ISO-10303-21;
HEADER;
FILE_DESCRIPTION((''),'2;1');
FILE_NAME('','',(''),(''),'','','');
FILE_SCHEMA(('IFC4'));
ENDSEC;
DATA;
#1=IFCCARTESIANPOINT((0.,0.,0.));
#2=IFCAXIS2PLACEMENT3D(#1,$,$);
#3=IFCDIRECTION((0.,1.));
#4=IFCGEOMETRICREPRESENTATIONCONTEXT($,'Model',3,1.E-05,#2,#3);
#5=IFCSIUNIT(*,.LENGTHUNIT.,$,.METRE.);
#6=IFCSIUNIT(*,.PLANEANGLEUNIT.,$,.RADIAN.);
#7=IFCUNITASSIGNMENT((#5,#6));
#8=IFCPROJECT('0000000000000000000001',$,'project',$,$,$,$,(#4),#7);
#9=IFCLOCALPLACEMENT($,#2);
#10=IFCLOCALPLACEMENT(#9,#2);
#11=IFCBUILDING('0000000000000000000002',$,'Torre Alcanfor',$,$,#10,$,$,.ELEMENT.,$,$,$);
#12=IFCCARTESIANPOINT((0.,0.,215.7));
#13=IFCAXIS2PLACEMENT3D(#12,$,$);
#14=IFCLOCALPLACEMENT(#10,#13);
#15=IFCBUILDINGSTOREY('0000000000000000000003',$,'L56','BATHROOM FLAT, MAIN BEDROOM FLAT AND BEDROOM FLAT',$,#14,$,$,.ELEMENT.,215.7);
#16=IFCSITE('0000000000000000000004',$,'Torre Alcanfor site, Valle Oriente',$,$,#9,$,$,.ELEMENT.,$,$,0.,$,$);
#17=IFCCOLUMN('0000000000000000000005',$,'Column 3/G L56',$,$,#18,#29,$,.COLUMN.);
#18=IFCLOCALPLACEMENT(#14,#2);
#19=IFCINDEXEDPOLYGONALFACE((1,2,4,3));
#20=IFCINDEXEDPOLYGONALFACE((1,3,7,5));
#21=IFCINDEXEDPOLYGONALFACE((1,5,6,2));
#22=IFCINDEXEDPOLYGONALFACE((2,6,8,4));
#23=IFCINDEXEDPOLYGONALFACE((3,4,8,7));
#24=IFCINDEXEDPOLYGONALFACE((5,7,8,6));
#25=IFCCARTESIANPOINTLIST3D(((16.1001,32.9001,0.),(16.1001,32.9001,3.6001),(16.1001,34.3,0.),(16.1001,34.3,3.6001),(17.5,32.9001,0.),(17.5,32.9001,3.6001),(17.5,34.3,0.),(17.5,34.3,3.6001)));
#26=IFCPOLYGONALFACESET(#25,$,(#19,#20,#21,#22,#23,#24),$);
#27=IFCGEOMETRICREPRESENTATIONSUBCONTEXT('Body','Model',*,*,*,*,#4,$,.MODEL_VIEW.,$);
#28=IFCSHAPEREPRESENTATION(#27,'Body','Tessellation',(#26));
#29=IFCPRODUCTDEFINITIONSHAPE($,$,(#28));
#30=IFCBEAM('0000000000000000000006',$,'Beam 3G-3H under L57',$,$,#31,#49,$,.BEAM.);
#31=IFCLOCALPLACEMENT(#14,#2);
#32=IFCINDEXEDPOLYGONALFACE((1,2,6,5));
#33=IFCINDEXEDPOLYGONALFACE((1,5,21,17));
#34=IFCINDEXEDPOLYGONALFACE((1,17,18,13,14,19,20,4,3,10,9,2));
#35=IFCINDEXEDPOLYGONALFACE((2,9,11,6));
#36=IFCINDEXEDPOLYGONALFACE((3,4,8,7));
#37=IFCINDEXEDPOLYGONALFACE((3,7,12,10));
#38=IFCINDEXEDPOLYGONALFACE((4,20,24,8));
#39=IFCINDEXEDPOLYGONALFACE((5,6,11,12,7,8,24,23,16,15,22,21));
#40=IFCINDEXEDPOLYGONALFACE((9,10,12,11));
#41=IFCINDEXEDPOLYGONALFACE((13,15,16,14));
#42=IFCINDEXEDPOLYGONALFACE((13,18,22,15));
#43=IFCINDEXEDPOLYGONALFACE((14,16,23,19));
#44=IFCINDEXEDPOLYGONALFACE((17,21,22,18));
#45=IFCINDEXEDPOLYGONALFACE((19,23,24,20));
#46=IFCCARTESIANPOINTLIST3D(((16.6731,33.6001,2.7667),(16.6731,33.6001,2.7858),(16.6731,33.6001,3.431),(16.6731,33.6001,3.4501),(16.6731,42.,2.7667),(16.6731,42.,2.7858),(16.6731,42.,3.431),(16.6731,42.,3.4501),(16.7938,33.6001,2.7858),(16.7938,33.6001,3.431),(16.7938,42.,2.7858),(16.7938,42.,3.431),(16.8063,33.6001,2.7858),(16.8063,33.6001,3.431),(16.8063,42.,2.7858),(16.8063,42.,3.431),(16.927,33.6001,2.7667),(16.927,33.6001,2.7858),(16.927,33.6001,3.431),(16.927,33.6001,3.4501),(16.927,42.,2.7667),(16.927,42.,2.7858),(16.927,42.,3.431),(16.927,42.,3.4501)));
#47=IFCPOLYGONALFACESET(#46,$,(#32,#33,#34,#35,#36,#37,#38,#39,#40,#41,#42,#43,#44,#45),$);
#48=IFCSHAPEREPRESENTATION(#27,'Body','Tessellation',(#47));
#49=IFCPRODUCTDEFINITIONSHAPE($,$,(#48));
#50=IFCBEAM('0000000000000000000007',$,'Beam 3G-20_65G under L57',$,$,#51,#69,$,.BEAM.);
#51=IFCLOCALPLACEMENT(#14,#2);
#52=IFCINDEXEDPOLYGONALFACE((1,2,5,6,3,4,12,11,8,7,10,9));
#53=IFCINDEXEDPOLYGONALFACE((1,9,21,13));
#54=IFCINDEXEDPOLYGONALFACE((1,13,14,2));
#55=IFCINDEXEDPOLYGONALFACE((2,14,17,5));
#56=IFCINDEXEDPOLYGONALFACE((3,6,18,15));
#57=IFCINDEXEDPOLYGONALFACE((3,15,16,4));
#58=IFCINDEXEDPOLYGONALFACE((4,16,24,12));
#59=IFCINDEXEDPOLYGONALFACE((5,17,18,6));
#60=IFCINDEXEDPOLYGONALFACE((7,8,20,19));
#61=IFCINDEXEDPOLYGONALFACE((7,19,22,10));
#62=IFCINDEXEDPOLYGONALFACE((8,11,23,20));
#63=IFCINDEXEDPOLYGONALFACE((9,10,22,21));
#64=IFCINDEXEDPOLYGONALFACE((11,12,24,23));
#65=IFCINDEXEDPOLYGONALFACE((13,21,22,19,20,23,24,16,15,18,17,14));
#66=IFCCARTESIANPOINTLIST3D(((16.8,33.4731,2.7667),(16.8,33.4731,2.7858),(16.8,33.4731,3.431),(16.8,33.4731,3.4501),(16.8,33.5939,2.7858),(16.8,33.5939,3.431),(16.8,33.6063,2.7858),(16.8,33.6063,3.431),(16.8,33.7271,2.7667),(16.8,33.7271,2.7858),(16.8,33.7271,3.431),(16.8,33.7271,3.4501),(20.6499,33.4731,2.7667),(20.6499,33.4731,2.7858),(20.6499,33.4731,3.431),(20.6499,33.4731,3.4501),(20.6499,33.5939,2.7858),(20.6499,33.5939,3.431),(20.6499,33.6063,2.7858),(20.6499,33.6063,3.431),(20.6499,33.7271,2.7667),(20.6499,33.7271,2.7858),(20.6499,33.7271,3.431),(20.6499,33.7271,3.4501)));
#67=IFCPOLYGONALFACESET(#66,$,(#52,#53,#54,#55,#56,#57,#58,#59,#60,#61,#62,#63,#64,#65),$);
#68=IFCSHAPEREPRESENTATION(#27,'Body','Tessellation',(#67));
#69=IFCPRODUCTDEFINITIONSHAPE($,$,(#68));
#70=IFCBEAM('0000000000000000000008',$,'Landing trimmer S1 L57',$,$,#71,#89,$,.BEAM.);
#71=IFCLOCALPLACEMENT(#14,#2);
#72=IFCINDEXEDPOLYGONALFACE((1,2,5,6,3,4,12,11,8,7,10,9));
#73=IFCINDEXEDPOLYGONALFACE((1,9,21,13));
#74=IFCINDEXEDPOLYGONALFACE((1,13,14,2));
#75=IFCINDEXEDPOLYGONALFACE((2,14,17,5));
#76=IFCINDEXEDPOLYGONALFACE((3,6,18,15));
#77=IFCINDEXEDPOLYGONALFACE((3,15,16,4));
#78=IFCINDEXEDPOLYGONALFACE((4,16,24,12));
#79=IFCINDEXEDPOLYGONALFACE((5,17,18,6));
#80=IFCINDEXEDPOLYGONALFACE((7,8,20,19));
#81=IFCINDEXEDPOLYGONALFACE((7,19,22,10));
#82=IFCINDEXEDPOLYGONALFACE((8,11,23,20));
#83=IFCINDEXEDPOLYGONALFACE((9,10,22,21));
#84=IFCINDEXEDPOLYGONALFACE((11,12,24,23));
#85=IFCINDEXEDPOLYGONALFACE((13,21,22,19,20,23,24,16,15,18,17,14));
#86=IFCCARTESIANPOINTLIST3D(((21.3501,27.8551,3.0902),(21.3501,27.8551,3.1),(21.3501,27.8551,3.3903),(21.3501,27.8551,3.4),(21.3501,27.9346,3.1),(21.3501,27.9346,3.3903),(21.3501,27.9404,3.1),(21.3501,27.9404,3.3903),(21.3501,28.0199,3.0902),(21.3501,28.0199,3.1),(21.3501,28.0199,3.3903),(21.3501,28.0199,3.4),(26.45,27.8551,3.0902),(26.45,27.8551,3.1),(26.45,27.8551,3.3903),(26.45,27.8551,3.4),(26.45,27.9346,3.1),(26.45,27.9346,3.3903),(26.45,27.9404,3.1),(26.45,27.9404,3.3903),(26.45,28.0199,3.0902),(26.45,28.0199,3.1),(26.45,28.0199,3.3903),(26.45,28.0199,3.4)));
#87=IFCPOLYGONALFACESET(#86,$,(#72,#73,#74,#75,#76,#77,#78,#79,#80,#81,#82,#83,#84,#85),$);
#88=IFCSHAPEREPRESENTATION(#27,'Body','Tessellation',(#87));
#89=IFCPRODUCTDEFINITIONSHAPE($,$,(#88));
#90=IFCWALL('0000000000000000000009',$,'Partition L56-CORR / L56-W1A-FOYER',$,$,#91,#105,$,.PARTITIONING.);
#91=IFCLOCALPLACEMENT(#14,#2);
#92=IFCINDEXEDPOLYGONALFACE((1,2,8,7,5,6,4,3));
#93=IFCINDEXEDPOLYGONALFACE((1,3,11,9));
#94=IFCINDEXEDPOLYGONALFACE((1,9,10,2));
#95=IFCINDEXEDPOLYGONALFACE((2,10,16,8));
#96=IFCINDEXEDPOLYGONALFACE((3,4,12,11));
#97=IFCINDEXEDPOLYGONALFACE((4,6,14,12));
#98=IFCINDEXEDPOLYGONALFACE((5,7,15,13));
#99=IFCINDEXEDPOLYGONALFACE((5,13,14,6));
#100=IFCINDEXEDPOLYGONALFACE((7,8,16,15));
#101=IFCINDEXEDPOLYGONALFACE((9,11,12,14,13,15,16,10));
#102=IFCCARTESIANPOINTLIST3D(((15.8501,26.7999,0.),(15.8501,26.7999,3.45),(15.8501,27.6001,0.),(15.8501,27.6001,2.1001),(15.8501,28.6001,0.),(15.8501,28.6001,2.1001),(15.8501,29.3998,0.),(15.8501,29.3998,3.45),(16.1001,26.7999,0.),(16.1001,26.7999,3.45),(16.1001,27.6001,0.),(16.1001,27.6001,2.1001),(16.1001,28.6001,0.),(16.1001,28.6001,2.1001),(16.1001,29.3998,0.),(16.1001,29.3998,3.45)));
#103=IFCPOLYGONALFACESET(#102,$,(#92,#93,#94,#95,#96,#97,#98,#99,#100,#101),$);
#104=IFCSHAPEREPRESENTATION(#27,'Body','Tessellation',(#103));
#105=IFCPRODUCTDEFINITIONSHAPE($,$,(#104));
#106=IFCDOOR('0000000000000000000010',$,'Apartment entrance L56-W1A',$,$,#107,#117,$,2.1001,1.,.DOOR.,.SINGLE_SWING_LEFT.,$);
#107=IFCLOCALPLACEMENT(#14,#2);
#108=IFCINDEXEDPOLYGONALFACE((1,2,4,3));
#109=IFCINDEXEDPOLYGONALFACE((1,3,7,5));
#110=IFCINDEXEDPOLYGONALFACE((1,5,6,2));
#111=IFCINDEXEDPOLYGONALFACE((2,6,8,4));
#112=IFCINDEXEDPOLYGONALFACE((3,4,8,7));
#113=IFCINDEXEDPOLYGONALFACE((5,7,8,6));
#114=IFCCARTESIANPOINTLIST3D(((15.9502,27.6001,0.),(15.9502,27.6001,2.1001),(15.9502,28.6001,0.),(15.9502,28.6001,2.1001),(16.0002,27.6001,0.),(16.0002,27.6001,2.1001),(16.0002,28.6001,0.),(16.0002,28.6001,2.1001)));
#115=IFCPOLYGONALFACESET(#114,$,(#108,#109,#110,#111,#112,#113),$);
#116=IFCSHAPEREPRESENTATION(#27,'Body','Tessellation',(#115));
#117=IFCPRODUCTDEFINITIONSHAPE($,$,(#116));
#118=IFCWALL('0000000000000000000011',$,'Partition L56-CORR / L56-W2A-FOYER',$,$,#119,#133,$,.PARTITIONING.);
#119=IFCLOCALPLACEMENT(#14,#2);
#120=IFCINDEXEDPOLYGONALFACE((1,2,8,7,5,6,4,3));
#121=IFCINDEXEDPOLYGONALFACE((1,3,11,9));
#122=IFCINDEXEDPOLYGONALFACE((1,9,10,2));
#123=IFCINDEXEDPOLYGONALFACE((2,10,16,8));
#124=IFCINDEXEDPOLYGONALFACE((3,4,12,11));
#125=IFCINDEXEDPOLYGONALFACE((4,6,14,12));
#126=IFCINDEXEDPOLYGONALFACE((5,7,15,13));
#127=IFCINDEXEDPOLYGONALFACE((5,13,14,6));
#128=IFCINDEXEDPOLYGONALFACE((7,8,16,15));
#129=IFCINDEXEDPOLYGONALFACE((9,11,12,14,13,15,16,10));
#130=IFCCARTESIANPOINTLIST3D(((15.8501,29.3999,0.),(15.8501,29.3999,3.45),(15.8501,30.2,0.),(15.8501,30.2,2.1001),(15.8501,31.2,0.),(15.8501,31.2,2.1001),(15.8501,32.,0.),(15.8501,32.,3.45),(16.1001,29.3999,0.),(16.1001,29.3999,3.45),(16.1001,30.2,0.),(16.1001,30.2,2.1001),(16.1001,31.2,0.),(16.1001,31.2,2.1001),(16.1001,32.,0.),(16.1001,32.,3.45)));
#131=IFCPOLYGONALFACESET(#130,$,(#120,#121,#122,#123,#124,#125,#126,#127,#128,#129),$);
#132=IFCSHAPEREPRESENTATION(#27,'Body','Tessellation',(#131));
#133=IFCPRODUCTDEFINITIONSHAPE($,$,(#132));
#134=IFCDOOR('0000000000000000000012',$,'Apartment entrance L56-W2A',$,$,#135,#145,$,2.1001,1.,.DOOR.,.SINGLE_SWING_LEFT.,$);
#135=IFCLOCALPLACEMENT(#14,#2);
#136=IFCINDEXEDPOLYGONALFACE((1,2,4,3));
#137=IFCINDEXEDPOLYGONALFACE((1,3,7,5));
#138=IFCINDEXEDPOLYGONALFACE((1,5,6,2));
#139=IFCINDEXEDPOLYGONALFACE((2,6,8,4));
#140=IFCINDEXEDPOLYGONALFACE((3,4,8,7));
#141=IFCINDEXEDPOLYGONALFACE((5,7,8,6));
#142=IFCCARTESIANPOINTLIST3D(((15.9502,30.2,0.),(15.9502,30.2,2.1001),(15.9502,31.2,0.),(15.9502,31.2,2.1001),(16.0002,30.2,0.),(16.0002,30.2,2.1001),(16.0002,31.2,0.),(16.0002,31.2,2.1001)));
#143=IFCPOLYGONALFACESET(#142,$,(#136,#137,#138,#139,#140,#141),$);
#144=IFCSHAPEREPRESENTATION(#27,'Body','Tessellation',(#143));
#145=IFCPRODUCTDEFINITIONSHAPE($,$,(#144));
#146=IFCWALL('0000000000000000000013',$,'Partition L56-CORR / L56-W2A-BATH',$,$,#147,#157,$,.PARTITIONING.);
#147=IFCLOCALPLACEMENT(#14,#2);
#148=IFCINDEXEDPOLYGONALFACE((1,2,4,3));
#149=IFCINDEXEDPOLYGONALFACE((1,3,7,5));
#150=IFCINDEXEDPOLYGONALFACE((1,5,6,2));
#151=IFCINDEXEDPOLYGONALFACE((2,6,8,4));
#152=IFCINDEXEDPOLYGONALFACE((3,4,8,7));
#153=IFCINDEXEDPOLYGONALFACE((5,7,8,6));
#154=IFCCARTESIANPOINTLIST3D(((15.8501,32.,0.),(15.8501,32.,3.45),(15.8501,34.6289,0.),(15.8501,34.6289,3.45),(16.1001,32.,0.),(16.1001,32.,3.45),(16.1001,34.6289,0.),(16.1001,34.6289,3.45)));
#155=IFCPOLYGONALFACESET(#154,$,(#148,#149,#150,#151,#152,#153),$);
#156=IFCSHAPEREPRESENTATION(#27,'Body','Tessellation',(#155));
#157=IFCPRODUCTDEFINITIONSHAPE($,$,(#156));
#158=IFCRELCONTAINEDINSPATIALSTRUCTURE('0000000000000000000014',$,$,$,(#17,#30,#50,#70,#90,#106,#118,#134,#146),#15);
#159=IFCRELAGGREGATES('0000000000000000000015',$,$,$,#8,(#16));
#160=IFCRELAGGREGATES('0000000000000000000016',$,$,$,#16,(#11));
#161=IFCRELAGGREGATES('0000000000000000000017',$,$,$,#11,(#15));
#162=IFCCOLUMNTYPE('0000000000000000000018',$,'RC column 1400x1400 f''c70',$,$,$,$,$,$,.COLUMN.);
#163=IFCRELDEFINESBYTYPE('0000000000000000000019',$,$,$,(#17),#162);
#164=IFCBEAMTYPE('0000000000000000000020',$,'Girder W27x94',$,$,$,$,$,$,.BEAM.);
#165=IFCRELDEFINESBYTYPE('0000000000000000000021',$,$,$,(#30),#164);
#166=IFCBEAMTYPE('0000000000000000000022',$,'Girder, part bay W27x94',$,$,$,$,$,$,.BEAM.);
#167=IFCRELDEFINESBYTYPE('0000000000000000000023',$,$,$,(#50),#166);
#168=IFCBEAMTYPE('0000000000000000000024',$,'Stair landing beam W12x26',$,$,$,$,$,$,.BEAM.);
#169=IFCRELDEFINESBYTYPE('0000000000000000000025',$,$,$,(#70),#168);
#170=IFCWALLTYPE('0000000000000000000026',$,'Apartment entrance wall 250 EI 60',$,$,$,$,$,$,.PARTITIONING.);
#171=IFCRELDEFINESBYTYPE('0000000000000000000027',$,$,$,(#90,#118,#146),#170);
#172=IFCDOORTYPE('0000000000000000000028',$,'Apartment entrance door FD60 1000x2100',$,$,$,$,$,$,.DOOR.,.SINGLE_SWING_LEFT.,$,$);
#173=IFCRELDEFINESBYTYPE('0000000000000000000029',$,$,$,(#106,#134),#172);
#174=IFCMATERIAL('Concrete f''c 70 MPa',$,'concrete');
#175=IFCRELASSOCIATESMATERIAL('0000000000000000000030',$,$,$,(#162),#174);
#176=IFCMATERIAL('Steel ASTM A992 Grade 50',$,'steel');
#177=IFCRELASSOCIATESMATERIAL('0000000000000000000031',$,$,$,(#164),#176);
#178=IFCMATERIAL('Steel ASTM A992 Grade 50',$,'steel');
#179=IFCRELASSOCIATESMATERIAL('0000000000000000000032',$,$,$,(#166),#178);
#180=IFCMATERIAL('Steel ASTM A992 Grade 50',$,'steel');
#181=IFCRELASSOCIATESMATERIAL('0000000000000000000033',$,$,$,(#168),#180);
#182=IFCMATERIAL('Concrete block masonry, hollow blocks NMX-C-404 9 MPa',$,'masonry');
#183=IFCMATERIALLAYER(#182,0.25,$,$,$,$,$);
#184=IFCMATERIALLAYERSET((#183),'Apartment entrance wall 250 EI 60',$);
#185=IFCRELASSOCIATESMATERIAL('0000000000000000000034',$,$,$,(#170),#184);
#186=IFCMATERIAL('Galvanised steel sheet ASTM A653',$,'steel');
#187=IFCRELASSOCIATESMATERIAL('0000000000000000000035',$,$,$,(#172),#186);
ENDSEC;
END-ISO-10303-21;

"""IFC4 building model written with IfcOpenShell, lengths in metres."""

from ifc_helpers import new_model, si_unit, direction, frame, frame_2d, origin, origin_2d, place, context, subcontext, project, spatial, rectangle, i_section, extrude, material, layer, layer_set, material_profile, profile_set, type_object, element, fill, save


model = new_model("IFC4")

# Units and contexts
model_context = context("Model", 3, precision=1e-05, world=origin(), true_north=direction((0.0, 1.0)))
body_context = subcontext(model_context, "Body", "Model", "MODEL_VIEW")
ifc_project = project(units=[si_unit("LENGTHUNIT", "METRE"), si_unit("PLANEANGLEUNIT", "RADIAN")], contexts=[model_context])

# Site, building, storey
site_placement = place(None, origin())
site = spatial("IfcSite", under=ifc_project, at=site_placement, Name="Torre Alcanfor site, Valle Oriente", CompositionType="ELEMENT", RefElevation=0.0)
building_placement = place(site_placement, origin())
building = spatial("IfcBuilding", under=site, at=building_placement, Name="Torre Alcanfor", CompositionType="ELEMENT")
storey_placement = place(building_placement, frame((0.0, 0.0, 215.7)))
storey = spatial("IfcBuildingStorey", under=building, at=storey_placement, Name="L56", Description="BATHROOM FLAT, MAIN BEDROOM FLAT AND BEDROOM FLAT", CompositionType="ELEMENT", Elevation=215.7)

# Column
ifc_material_1 = material(Name="Concrete f'c 70 MPa", Category="concrete")
ifc_material_profile_1 = material_profile(ifc_material_1, rectangle(XDim=1.3999, YDim=1.3999, at=origin_2d()), Name="1400x1400")
ifc_profile_set_1 = profile_set([ifc_material_profile_1], Name="Concrete f'c 70 MPa")
column_type = type_object("IfcColumnType", Name="RC column 1400x1400 f'c70", PredefinedType="COLUMN", material=ifc_profile_set_1)
column_placement = place(storey_placement, frame((16.8, 33.6001, 0.0), z_axis=(0.0, 0.0, 1.0), x_axis=(1.0, 0.0, 0.0)))
element("IfcColumn", 1, at=column_placement, inside=storey, type_object=column_type, Name="Column 3/G L56", PredefinedType="COLUMN", context=body_context, shape_type="SweptSolid", body=[
    extrude(rectangle(XDim=1.3999, YDim=1.3999, at=origin_2d()), origin(), (0.0, 0.0, 1.0), 3.6001),
])

# Beams
ifc_material_2 = material(Name="Steel ASTM A992 Grade 50", Category="steel")
ifc_material_profile_2 = material_profile(ifc_material_2, i_section(OverallWidth=0.2539, OverallDepth=0.6833, WebThickness=0.0125, FlangeThickness=0.019, at=origin_2d()), Name="W27x94")
ifc_profile_set_2 = profile_set([ifc_material_profile_2], Name="Steel ASTM A992 Grade 50")
beam_type_1 = type_object("IfcBeamType", Name="Girder W27x94", PredefinedType="BEAM", material=ifc_profile_set_2)
beam_1_placement = place(storey_placement, frame((16.8, 33.6001, 3.1084), z_axis=(0.0, 1.0, 0.0), x_axis=(-1.0, 0.0, 0.0)))
element("IfcBeam", 2, at=beam_1_placement, inside=storey, type_object=beam_type_1, Name="Beam 3G-3H under L57", PredefinedType="BEAM", context=body_context, shape_type="SweptSolid", body=[
    extrude(i_section(OverallWidth=0.2539, OverallDepth=0.6833, WebThickness=0.0125, FlangeThickness=0.019, at=origin_2d()), origin(), (0.0, 0.0, 1.0), 8.3999),
])
ifc_material_3 = material(Name="Steel ASTM A992 Grade 50", Category="steel")
ifc_material_profile_3 = material_profile(ifc_material_3, i_section(OverallWidth=0.2539, OverallDepth=0.6833, WebThickness=0.0125, FlangeThickness=0.019, at=origin_2d()), Name="W27x94")
ifc_profile_set_3 = profile_set([ifc_material_profile_3], Name="Steel ASTM A992 Grade 50")
beam_type_2 = type_object("IfcBeamType", Name="Girder, part bay W27x94", PredefinedType="BEAM", material=ifc_profile_set_3)
beam_2_placement = place(storey_placement, frame((16.8, 33.6001, 3.1084), z_axis=(1.0, 0.0, 0.0), x_axis=(0.0, 1.0, 0.0)))
element("IfcBeam", 3, at=beam_2_placement, inside=storey, type_object=beam_type_2, Name="Beam 3G-20_65G under L57", PredefinedType="BEAM", context=body_context, shape_type="SweptSolid", body=[
    extrude(i_section(OverallWidth=0.2539, OverallDepth=0.6833, WebThickness=0.0125, FlangeThickness=0.019, at=origin_2d()), origin(), (0.0, 0.0, 1.0), 3.8499),
])
ifc_material_4 = material(Name="Steel ASTM A992 Grade 50", Category="steel")
ifc_material_profile_4 = material_profile(ifc_material_4, i_section(OverallWidth=0.1648, OverallDepth=0.3098, WebThickness=0.0059, FlangeThickness=0.0098, at=origin_2d()), Name="W12x26")
ifc_profile_set_4 = profile_set([ifc_material_profile_4], Name="Steel ASTM A992 Grade 50")
beam_type_3 = type_object("IfcBeamType", Name="Stair landing beam W12x26", PredefinedType="BEAM", material=ifc_profile_set_4)
beam_3_placement = place(storey_placement, frame((21.3501, 27.9375, 3.2451), z_axis=(1.0, 0.0, 0.0), x_axis=(0.0, 1.0, 0.0)))
element("IfcBeam", 4, at=beam_3_placement, inside=storey, type_object=beam_type_3, Name="Landing trimmer S1 L57", PredefinedType="BEAM", context=body_context, shape_type="SweptSolid", body=[
    extrude(i_section(OverallWidth=0.1648, OverallDepth=0.3098, WebThickness=0.0059, FlangeThickness=0.0098, at=origin_2d()), origin(), (0.0, 0.0, 1.0), 5.0999),
])

# Walls, openings, doors
ifc_material_5 = material(Name="Concrete block masonry, hollow blocks NMX-C-404 9 MPa", Category="masonry")
ifc_layer_1 = layer(ifc_material_5, 0.25)
ifc_layer_set_1 = layer_set([ifc_layer_1], Name="Apartment entrance wall 250 EI 60")
wall_type_1 = type_object("IfcWallType", Name="Apartment entrance wall 250 EI 60", PredefinedType="PARTITIONING", material=ifc_layer_set_1)
wall_1_placement = place(storey_placement, frame((15.9751, 26.8, 0.0), z_axis=(0.0, 0.0, 1.0), x_axis=(0.0, 1.0, 0.0)))
wall_1 = element("IfcWall", 5, at=wall_1_placement, inside=storey, type_object=wall_type_1, Name="Partition L56-CORR / L56-W1A-FOYER", PredefinedType="PARTITIONING", context=body_context, shape_type="SweptSolid", body=[
    extrude(rectangle(XDim=2.5999, YDim=0.25, at=frame_2d((1.2998, 0.0))), origin(), (0.0, 0.0, 1.0), 3.45),
])
opening_1_placement = place(wall_1_placement, frame((0.8, 0.0, 0.0)))
opening_1 = element("IfcOpeningElement", 6, at=opening_1_placement, cuts=wall_1, PredefinedType="OPENING", context=body_context, shape_type="SweptSolid", body=[
    extrude(rectangle(XDim=1.0, YDim=2.1001, at=frame_2d((0.5, 1.05))), frame((0.0, 0.135, 0.0), z_axis=(0.0, -1.0, 0.0), x_axis=(1.0, 0.0, 0.0)), (0.0, 0.0, 1.0), 0.27),
])
ifc_material_6 = material(Name="Galvanised steel sheet ASTM A653", Category="steel")
door_type_1 = type_object("IfcDoorType", Name="Apartment entrance door FD60 1000x2100", OperationType="SINGLE_SWING_LEFT", PredefinedType="DOOR", material=ifc_material_6)
door_1_placement = place(opening_1_placement, origin())
door_1 = element("IfcDoor", 7, at=door_1_placement, inside=storey, type_object=door_type_1, Name="Apartment entrance L56-W1A", OperationType="SINGLE_SWING_LEFT", OverallHeight=2.1001, OverallWidth=1.0, PredefinedType="DOOR", context=body_context, shape_type="SweptSolid", body=[
    extrude(rectangle(XDim=1.0, YDim=2.1001, at=frame_2d((0.5, 1.05))), frame((0.0, 0.0249, 0.0), z_axis=(0.0, -1.0, 0.0), x_axis=(1.0, 0.0, 0.0)), (0.0, 0.0, 1.0), 0.05),
])
fill(opening_1, door_1)
wall_2_placement = place(storey_placement, frame((15.9751, 29.3999, 0.0), z_axis=(0.0, 0.0, 1.0), x_axis=(0.0, 1.0, 0.0)))
wall_2 = element("IfcWall", 8, at=wall_2_placement, inside=storey, type_object=wall_type_1, Name="Partition L56-CORR / L56-W2A-FOYER", PredefinedType="PARTITIONING", context=body_context, shape_type="SweptSolid", body=[
    extrude(rectangle(XDim=2.6001, YDim=0.25, at=frame_2d((1.3, 0.0))), origin(), (0.0, 0.0, 1.0), 3.45),
])
opening_2_placement = place(wall_2_placement, frame((0.8, 0.0, 0.0)))
opening_2 = element("IfcOpeningElement", 9, at=opening_2_placement, cuts=wall_2, PredefinedType="OPENING", context=body_context, shape_type="SweptSolid", body=[
    extrude(rectangle(XDim=1.0, YDim=2.1001, at=frame_2d((0.5, 1.05))), frame((0.0, 0.135, 0.0), z_axis=(0.0, -1.0, 0.0), x_axis=(1.0, 0.0, 0.0)), (0.0, 0.0, 1.0), 0.27),
])
door_2_placement = place(opening_2_placement, origin())
door_2 = element("IfcDoor", 10, at=door_2_placement, inside=storey, type_object=door_type_1, Name="Apartment entrance L56-W2A", OperationType="SINGLE_SWING_LEFT", OverallHeight=2.1001, OverallWidth=1.0, PredefinedType="DOOR", context=body_context, shape_type="SweptSolid", body=[
    extrude(rectangle(XDim=1.0, YDim=2.1001, at=frame_2d((0.5, 1.05))), frame((0.0, 0.0249, 0.0), z_axis=(0.0, -1.0, 0.0), x_axis=(1.0, 0.0, 0.0)), (0.0, 0.0, 1.0), 0.05),
])
fill(opening_2, door_2)

# Wall
wall_3_placement = place(storey_placement, frame((15.9751, 32.0, 0.0), z_axis=(0.0, 0.0, 1.0), x_axis=(0.0, 1.0, 0.0)))
element("IfcWall", 11, at=wall_3_placement, inside=storey, type_object=wall_type_1, Name="Partition L56-CORR / L56-W2A-BATH", PredefinedType="PARTITIONING", context=body_context, shape_type="SweptSolid", body=[
    extrude(rectangle(XDim=2.6289, YDim=0.25, at=frame_2d((1.3145, 0.0))), origin(), (0.0, 0.0, 1.0), 3.45),
])

save(model, "model.ifc")
